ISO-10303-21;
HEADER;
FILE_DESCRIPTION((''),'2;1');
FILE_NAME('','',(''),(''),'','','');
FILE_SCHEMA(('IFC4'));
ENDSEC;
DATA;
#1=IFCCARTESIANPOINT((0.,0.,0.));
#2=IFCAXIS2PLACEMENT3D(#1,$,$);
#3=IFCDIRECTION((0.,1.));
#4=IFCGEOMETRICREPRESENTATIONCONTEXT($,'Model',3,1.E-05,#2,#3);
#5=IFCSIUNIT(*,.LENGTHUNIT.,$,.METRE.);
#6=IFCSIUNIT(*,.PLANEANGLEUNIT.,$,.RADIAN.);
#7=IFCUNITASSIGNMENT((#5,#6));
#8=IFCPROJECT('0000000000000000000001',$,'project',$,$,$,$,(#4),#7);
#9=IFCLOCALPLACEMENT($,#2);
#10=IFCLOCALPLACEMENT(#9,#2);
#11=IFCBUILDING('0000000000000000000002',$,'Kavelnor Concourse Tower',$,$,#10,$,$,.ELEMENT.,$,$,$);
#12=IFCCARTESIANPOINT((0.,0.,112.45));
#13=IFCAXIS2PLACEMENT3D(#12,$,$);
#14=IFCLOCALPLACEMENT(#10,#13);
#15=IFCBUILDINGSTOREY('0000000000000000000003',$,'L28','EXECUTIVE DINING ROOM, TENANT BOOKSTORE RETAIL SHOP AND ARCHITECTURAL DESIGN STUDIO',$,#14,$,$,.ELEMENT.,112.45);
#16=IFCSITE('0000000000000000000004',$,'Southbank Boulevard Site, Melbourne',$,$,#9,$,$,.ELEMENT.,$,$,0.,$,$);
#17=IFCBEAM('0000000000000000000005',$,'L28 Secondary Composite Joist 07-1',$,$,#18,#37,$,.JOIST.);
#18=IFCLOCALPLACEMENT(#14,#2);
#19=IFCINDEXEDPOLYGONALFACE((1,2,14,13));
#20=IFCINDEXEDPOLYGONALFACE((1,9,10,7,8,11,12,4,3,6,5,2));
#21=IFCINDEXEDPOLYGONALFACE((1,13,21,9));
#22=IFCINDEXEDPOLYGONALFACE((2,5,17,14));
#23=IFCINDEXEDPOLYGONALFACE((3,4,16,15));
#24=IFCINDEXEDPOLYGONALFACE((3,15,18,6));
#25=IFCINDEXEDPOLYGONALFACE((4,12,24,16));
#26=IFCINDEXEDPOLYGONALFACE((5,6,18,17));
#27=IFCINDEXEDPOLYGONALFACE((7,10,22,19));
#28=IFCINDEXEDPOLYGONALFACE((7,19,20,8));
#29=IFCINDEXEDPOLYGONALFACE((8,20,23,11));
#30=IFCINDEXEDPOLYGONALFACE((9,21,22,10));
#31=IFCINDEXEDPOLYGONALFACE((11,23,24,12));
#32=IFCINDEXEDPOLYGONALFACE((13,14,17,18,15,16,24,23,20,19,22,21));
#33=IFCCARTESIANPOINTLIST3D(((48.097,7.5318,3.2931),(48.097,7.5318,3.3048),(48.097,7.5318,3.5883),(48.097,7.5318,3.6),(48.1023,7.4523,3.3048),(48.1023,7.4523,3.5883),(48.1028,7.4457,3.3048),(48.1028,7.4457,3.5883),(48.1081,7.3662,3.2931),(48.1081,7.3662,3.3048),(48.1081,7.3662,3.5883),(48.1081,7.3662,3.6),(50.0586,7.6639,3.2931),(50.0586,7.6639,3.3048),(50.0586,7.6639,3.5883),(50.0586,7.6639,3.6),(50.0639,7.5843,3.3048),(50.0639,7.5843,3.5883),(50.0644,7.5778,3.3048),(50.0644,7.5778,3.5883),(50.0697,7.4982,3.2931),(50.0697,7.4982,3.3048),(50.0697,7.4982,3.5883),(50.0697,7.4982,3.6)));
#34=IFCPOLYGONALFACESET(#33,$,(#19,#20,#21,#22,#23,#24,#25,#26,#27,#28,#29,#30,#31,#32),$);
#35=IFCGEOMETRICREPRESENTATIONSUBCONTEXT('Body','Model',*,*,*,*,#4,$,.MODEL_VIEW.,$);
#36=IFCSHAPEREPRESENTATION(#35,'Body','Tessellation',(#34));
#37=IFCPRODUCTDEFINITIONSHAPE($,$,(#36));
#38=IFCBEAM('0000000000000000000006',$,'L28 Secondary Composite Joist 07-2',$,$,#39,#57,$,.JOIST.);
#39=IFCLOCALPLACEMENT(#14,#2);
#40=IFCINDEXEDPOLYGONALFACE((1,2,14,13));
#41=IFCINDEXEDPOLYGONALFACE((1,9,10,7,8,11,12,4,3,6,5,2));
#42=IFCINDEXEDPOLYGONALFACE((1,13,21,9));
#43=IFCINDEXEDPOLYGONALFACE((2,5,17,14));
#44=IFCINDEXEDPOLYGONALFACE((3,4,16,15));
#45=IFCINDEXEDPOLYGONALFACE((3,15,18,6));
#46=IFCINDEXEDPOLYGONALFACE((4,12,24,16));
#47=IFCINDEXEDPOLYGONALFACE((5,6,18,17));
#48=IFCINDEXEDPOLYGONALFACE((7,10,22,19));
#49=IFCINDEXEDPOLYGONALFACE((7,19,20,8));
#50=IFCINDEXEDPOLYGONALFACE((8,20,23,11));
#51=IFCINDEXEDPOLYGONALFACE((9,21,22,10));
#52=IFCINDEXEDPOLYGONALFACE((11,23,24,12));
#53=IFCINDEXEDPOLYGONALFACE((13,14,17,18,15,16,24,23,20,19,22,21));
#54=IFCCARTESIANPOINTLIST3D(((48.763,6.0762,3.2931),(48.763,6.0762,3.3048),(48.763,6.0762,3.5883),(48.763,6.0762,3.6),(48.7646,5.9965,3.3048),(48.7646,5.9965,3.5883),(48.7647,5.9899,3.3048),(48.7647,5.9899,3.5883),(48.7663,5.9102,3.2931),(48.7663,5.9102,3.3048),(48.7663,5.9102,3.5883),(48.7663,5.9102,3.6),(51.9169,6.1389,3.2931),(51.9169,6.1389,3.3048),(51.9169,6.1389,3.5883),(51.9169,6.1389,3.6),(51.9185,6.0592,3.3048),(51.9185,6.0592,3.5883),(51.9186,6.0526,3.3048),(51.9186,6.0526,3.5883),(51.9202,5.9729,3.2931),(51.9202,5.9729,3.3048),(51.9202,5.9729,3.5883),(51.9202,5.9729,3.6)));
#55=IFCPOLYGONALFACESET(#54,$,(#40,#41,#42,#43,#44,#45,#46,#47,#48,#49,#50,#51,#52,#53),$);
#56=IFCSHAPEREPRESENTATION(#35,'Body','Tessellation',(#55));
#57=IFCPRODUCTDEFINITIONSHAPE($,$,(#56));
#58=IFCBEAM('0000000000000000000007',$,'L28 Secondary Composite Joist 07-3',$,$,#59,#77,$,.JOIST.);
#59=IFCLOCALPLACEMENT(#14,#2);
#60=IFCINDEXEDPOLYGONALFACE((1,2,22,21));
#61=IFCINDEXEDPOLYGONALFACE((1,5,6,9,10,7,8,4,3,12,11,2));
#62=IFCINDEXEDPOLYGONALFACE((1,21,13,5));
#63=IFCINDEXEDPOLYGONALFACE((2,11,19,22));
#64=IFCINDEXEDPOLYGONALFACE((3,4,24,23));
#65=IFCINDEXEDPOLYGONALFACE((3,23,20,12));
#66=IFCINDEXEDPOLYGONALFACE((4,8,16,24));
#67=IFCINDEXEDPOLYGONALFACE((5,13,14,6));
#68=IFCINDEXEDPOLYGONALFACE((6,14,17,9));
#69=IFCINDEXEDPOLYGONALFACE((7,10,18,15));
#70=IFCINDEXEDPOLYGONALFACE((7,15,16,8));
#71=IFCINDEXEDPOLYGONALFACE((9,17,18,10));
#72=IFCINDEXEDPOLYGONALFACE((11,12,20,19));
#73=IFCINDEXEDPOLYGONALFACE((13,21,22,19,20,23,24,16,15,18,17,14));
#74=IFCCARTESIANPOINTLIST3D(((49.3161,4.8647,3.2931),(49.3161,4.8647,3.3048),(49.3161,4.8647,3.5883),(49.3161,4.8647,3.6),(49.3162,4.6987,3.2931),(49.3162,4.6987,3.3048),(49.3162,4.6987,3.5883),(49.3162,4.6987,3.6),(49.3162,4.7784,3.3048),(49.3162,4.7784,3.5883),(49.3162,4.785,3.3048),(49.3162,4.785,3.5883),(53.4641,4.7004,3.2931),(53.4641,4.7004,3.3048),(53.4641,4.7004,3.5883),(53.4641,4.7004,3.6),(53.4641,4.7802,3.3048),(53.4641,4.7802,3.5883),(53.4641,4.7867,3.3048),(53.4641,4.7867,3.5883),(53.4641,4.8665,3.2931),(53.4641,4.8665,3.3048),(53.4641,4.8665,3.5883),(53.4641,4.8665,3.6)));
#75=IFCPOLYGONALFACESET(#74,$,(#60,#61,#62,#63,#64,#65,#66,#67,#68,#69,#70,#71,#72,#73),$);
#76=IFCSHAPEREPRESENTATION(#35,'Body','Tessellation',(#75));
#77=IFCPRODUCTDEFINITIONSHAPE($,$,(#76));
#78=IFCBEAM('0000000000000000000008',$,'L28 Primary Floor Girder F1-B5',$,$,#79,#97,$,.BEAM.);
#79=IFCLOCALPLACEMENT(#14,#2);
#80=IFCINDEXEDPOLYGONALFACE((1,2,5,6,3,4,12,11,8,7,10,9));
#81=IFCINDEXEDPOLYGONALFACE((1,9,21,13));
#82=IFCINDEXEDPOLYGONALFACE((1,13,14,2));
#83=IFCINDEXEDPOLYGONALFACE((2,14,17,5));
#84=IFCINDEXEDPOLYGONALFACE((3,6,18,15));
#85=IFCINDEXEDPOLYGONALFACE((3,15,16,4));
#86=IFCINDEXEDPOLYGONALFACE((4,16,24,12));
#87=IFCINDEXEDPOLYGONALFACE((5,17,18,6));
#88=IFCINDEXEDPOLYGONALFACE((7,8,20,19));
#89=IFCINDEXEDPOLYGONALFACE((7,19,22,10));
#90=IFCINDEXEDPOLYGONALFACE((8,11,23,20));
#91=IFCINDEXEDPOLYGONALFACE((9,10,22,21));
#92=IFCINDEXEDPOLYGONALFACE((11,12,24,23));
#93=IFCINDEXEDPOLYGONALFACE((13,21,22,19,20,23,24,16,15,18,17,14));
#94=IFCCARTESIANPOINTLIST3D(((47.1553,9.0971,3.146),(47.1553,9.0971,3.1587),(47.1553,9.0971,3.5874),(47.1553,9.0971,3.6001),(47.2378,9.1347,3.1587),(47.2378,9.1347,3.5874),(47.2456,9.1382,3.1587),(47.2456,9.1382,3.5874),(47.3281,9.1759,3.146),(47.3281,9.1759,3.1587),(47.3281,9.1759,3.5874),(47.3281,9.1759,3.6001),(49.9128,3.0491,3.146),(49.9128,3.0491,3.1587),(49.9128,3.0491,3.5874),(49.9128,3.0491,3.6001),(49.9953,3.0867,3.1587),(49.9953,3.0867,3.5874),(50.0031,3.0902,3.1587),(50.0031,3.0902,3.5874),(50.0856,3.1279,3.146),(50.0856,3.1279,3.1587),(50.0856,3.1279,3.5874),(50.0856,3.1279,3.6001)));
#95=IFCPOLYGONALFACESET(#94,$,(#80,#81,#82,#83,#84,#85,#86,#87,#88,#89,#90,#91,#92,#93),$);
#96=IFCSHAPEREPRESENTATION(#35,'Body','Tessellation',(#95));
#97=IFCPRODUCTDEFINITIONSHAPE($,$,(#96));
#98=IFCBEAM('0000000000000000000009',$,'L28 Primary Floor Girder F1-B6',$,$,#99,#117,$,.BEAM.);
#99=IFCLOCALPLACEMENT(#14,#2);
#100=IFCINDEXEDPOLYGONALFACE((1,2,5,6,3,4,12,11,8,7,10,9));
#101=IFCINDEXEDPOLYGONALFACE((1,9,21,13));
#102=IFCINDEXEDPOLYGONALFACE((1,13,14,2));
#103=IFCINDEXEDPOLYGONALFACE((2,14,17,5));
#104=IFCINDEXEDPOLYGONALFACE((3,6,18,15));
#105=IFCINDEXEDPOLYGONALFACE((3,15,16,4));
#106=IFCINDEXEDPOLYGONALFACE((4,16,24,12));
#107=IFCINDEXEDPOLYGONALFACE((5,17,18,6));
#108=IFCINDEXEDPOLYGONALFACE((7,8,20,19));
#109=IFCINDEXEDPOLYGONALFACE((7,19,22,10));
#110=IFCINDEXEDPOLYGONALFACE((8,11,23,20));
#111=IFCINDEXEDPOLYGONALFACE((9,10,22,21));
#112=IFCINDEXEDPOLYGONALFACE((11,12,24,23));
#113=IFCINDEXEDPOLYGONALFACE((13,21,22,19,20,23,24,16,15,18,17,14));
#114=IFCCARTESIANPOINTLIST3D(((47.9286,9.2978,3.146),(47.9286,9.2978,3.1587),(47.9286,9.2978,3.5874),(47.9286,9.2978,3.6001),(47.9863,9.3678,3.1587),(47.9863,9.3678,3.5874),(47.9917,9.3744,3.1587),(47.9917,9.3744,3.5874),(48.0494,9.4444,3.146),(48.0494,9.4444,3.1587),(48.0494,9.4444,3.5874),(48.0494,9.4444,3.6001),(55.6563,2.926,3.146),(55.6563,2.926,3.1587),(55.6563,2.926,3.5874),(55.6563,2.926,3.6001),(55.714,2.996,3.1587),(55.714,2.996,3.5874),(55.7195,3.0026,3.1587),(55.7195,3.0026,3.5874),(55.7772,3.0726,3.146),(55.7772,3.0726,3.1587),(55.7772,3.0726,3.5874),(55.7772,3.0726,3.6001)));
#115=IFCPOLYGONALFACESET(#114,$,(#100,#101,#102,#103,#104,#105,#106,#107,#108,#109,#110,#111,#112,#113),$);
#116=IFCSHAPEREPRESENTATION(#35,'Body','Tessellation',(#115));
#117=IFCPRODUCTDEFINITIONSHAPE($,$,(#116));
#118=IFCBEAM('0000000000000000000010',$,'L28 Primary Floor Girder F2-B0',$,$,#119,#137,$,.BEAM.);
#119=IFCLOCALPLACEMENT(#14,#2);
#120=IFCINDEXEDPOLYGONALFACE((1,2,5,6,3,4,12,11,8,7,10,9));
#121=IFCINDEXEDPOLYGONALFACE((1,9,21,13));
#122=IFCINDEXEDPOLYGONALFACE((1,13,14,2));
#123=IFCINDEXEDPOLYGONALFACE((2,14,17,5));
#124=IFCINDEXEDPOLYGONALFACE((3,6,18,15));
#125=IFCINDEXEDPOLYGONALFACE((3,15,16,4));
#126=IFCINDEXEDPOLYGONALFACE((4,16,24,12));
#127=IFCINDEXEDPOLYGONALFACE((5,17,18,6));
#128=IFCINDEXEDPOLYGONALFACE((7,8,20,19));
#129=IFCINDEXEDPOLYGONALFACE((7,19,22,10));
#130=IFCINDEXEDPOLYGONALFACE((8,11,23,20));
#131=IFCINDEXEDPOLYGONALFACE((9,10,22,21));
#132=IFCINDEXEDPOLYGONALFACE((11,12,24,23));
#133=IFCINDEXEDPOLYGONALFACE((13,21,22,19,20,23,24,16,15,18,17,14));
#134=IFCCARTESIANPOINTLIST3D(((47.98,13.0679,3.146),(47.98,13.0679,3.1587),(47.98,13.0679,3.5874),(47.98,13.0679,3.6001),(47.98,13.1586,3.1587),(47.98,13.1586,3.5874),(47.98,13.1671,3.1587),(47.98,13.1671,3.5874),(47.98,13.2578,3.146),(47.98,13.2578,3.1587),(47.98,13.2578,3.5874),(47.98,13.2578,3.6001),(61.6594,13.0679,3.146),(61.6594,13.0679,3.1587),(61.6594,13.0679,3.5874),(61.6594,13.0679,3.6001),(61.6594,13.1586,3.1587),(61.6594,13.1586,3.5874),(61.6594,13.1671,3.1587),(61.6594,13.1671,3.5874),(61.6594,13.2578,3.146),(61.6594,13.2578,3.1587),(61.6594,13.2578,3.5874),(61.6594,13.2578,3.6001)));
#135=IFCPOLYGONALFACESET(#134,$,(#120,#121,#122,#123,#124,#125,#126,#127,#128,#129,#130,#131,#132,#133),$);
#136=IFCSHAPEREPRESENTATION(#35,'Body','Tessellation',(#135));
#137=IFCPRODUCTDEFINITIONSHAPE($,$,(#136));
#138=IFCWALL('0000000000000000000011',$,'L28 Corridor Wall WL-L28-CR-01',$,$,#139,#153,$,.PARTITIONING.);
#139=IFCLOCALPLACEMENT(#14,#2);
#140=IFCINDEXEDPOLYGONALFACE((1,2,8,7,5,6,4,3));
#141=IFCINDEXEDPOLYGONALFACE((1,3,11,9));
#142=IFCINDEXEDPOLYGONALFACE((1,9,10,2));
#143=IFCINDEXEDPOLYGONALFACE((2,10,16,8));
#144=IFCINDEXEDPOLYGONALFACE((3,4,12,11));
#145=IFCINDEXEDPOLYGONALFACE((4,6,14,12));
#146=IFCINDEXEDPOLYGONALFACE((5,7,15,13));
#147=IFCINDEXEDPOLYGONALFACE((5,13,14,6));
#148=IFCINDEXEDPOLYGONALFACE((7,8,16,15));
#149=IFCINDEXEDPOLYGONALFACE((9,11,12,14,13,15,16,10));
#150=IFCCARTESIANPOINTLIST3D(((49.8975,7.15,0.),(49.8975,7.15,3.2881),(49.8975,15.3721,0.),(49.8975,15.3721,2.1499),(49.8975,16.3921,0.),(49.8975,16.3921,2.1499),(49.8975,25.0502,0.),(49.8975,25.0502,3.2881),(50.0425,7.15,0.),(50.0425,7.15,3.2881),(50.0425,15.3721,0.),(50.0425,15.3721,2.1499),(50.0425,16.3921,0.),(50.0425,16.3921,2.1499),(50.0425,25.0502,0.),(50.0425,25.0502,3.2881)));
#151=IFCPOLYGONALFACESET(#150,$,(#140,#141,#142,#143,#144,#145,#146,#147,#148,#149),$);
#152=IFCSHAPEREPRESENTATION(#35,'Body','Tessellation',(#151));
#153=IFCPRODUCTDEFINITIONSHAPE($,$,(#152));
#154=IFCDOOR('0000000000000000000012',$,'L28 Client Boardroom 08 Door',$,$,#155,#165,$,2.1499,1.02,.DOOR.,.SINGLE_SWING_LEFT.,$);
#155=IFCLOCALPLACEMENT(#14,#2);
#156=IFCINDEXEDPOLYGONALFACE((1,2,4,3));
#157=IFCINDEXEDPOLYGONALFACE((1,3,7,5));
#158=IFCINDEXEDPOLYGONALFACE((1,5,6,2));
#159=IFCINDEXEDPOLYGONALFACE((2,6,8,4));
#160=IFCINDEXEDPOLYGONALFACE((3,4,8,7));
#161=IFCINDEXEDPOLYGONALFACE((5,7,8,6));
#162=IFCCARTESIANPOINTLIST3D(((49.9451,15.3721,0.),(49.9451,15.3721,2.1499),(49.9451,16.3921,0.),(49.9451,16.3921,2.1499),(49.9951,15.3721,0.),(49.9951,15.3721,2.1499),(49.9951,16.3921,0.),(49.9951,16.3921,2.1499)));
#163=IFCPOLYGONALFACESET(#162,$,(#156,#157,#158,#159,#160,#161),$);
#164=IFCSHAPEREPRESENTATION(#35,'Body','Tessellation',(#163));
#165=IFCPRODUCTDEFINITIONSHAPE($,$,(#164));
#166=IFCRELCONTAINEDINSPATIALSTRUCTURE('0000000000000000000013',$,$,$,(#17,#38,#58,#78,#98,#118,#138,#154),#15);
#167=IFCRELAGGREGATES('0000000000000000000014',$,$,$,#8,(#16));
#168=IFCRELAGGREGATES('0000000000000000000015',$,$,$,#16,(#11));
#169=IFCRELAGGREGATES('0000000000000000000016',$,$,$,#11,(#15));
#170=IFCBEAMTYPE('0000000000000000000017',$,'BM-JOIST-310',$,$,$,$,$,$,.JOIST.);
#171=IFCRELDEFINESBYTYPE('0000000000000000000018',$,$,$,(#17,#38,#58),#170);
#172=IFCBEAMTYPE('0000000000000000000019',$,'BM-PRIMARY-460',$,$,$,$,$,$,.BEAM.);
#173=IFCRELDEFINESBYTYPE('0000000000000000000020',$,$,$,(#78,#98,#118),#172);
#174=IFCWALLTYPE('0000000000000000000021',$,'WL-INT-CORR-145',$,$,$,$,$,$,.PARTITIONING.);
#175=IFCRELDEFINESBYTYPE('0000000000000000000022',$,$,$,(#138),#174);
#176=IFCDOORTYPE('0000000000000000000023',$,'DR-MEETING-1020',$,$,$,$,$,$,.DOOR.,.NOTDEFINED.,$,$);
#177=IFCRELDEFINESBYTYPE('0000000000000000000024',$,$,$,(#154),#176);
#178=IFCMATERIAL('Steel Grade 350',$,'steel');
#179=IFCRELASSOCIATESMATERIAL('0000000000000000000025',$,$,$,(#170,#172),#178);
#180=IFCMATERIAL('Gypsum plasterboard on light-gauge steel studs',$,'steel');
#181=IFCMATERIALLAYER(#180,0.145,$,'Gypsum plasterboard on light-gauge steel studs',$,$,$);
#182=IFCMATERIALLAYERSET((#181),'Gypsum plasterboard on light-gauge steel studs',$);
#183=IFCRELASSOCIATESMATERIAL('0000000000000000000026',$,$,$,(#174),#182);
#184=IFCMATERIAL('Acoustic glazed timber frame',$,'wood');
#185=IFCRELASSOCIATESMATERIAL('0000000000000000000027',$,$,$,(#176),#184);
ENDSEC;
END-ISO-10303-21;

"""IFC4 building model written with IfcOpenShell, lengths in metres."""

from ifc_helpers import new_model, si_unit, direction, frame, frame_2d, origin, origin_2d, place, context, subcontext, project, spatial, rectangle, i_section, extrude, material, layer, layer_set, material_profile, profile_set, type_object, element, fill, save


model = new_model("IFC4")

# Units and contexts
model_context = context("Model", 3, precision=1e-05, world=origin(), true_north=direction((0.0, 1.0)))
body_context = subcontext(model_context, "Body", "Model", "MODEL_VIEW")
ifc_project = project(units=[si_unit("LENGTHUNIT", "METRE"), si_unit("PLANEANGLEUNIT", "RADIAN")], contexts=[model_context])

# Site, building, storey
site_placement = place(None, origin())
site = spatial("IfcSite", under=ifc_project, at=site_placement, Name="Southbank Boulevard Site, Melbourne", CompositionType="ELEMENT", RefElevation=0.0)
building_placement = place(site_placement, origin())
building = spatial("IfcBuilding", under=site, at=building_placement, Name="Kavelnor Concourse Tower", CompositionType="ELEMENT")
storey_placement = place(building_placement, frame((0.0, 0.0, 112.45)))
storey = spatial("IfcBuildingStorey", under=building, at=storey_placement, Name="L28", Description="EXECUTIVE DINING ROOM, TENANT BOOKSTORE RETAIL SHOP AND ARCHITECTURAL DESIGN STUDIO", CompositionType="ELEMENT", Elevation=112.45)

# Beams
ifc_material_1 = material(Name="Steel Grade 350", Category="steel")
ifc_material_profile_1 = material_profile(ifc_material_1, i_section(OverallWidth=0.166, OverallDepth=0.3069, WebThickness=0.0066, FlangeThickness=0.0117, at=origin_2d()), Name="310UB46")
ifc_profile_set_1 = profile_set([ifc_material_profile_1], Name="Steel Grade 350")
beam_type_1 = type_object("IfcBeamType", Name="BM-JOIST-310", PredefinedType="JOIST", material=ifc_profile_set_1)
beam_1_placement = place(storey_placement, frame((48.1025, 7.449, 3.4465), z_axis=(0.997741, 0.067178, 0.0), x_axis=(-0.067178, 0.997741, 0.0)))
element("IfcBeam", 1, at=beam_1_placement, inside=storey, type_object=beam_type_1, Name="L28 Secondary Composite Joist 07-1", PredefinedType="JOIST", context=body_context, shape_type="SweptSolid", body=[
    extrude(i_section(OverallWidth=0.166, OverallDepth=0.3069, WebThickness=0.0066, FlangeThickness=0.0117, at=origin_2d()), origin(), (0.0, 0.0, 1.0), 1.9661),
])
beam_2_placement = place(storey_placement, frame((48.7646, 5.9932, 3.4465), z_axis=(0.999802, 0.019891, 0.0), x_axis=(-0.019891, 0.999802, 0.0)))
element("IfcBeam", 2, at=beam_2_placement, inside=storey, type_object=beam_type_1, Name="L28 Secondary Composite Joist 07-2", PredefinedType="JOIST", context=body_context, shape_type="SweptSolid", body=[
    extrude(i_section(OverallWidth=0.166, OverallDepth=0.3069, WebThickness=0.0066, FlangeThickness=0.0117, at=origin_2d()), origin(), (0.0, 0.0, 1.0), 3.1545),
])
beam_3_placement = place(storey_placement, frame((49.3162, 4.7817, 3.4465), z_axis=(1.0, 0.000412, 0.0), x_axis=(-0.000412, 1.0, 0.0)))
element("IfcBeam", 3, at=beam_3_placement, inside=storey, type_object=beam_type_1, Name="L28 Secondary Composite Joist 07-3", PredefinedType="JOIST", context=body_context, shape_type="SweptSolid", body=[
    extrude(i_section(OverallWidth=0.166, OverallDepth=0.3069, WebThickness=0.0066, FlangeThickness=0.0117, at=origin_2d()), origin(), (0.0, 0.0, 1.0), 4.1479),
])
ifc_material_profile_2 = material_profile(ifc_material_1, i_section(OverallWidth=0.1899, OverallDepth=0.4541, WebThickness=0.0085, FlangeThickness=0.0127, at=origin_2d()), Name="460UB67")
ifc_profile_set_2 = profile_set([ifc_material_profile_2], Name="Steel Grade 350")
beam_type_2 = type_object("IfcBeamType", Name="BM-PRIMARY-460", PredefinedType="BEAM", material=ifc_profile_set_2)
beam_4_placement = place(storey_placement, frame((47.2417, 9.1365, 3.373), z_axis=(0.414854, -0.909888, 0.0), x_axis=(0.909888, 0.414854, 0.0)))
element("IfcBeam", 4, at=beam_4_placement, inside=storey, type_object=beam_type_2, Name="L28 Primary Floor Girder F1-B5", PredefinedType="BEAM", context=body_context, shape_type="SweptSolid", body=[
    extrude(i_section(OverallWidth=0.1899, OverallDepth=0.4541, WebThickness=0.0085, FlangeThickness=0.0127, at=origin_2d()), origin(), (0.0, 0.0, 1.0), 6.647),
])
beam_5_placement = place(storey_placement, frame((47.989, 9.3711, 3.373), z_axis=(0.771549, -0.636169, 0.0), x_axis=(0.636169, 0.771549, 0.0)))
element("IfcBeam", 5, at=beam_5_placement, inside=storey, type_object=beam_type_2, Name="L28 Primary Floor Girder F1-B6", PredefinedType="BEAM", context=body_context, shape_type="SweptSolid", body=[
    extrude(i_section(OverallWidth=0.1899, OverallDepth=0.4541, WebThickness=0.0085, FlangeThickness=0.0127, at=origin_2d()), origin(), (0.0, 0.0, 1.0), 10.0159),
])
beam_6_placement = place(storey_placement, frame((47.98, 13.1628, 3.373), z_axis=(1.0, 0.0, 0.0), x_axis=(0.0, 1.0, 0.0)))
element("IfcBeam", 6, at=beam_6_placement, inside=storey, type_object=beam_type_2, Name="L28 Primary Floor Girder F2-B0", PredefinedType="BEAM", context=body_context, shape_type="SweptSolid", body=[
    extrude(i_section(OverallWidth=0.1899, OverallDepth=0.4541, WebThickness=0.0085, FlangeThickness=0.0127, at=origin_2d()), origin(), (0.0, 0.0, 1.0), 13.6794),
])

# Wall, opening, door
ifc_material_2 = material(Name="Gypsum plasterboard on light-gauge steel studs", Category="steel")
ifc_layer_1 = layer(ifc_material_2, 0.145, Name="Gypsum plasterboard on light-gauge steel studs")
ifc_layer_set_1 = layer_set([ifc_layer_1], Name="Gypsum plasterboard on light-gauge steel studs")
wall_type_1 = type_object("IfcWallType", Name="WL-INT-CORR-145", PredefinedType="PARTITIONING", material=ifc_layer_set_1)
wall_1_placement = place(storey_placement, frame((49.97, 7.1499, 0.0), z_axis=(0.0, 0.0, 1.0), x_axis=(0.0, 1.0, 0.0)))
wall_1 = element("IfcWall", 7, at=wall_1_placement, inside=storey, type_object=wall_type_1, Name="L28 Corridor Wall WL-L28-CR-01", PredefinedType="PARTITIONING", context=body_context, shape_type="SweptSolid", body=[
    extrude(rectangle(XDim=17.9001, YDim=0.145, at=frame_2d((8.9502, 0.0))), origin(), (0.0, 0.0, 1.0), 3.2881),
])
opening_1_placement = place(wall_1_placement, frame((8.2222, 0.0, 0.0)))
opening_1 = element("IfcOpeningElement", 8, at=opening_1_placement, cuts=wall_1, PredefinedType="OPENING", context=body_context, shape_type="SweptSolid", body=[
    extrude(rectangle(XDim=1.02, YDim=2.1499, at=frame_2d((0.51, 1.075))), frame((0.0, 0.0825, 0.0), z_axis=(0.0, -1.0, 0.0), x_axis=(1.0, 0.0, 0.0)), (0.0, 0.0, 1.0), 0.165),
])
ifc_material_3 = material(Name="Acoustic glazed timber frame", Category="wood")
door_type_1 = type_object("IfcDoorType", Name="DR-MEETING-1020", OperationType="NOTDEFINED", PredefinedType="DOOR", material=ifc_material_3)
door_1_placement = place(opening_1_placement, origin())
door_1 = element("IfcDoor", 9, at=door_1_placement, inside=storey, type_object=door_type_1, Name="L28 Client Boardroom 08 Door", OperationType="SINGLE_SWING_LEFT", OverallHeight=2.1499, OverallWidth=1.02, PredefinedType="DOOR", context=body_context, shape_type="SweptSolid", body=[
    extrude(rectangle(XDim=1.02, YDim=2.1499, at=frame_2d((0.51, 1.075))), frame((0.0, 0.0249, 0.0), z_axis=(0.0, -1.0, 0.0), x_axis=(1.0, 0.0, 0.0)), (0.0, 0.0, 1.0), 0.05),
])
fill(opening_1, door_1)

save(model, "model.ifc")
